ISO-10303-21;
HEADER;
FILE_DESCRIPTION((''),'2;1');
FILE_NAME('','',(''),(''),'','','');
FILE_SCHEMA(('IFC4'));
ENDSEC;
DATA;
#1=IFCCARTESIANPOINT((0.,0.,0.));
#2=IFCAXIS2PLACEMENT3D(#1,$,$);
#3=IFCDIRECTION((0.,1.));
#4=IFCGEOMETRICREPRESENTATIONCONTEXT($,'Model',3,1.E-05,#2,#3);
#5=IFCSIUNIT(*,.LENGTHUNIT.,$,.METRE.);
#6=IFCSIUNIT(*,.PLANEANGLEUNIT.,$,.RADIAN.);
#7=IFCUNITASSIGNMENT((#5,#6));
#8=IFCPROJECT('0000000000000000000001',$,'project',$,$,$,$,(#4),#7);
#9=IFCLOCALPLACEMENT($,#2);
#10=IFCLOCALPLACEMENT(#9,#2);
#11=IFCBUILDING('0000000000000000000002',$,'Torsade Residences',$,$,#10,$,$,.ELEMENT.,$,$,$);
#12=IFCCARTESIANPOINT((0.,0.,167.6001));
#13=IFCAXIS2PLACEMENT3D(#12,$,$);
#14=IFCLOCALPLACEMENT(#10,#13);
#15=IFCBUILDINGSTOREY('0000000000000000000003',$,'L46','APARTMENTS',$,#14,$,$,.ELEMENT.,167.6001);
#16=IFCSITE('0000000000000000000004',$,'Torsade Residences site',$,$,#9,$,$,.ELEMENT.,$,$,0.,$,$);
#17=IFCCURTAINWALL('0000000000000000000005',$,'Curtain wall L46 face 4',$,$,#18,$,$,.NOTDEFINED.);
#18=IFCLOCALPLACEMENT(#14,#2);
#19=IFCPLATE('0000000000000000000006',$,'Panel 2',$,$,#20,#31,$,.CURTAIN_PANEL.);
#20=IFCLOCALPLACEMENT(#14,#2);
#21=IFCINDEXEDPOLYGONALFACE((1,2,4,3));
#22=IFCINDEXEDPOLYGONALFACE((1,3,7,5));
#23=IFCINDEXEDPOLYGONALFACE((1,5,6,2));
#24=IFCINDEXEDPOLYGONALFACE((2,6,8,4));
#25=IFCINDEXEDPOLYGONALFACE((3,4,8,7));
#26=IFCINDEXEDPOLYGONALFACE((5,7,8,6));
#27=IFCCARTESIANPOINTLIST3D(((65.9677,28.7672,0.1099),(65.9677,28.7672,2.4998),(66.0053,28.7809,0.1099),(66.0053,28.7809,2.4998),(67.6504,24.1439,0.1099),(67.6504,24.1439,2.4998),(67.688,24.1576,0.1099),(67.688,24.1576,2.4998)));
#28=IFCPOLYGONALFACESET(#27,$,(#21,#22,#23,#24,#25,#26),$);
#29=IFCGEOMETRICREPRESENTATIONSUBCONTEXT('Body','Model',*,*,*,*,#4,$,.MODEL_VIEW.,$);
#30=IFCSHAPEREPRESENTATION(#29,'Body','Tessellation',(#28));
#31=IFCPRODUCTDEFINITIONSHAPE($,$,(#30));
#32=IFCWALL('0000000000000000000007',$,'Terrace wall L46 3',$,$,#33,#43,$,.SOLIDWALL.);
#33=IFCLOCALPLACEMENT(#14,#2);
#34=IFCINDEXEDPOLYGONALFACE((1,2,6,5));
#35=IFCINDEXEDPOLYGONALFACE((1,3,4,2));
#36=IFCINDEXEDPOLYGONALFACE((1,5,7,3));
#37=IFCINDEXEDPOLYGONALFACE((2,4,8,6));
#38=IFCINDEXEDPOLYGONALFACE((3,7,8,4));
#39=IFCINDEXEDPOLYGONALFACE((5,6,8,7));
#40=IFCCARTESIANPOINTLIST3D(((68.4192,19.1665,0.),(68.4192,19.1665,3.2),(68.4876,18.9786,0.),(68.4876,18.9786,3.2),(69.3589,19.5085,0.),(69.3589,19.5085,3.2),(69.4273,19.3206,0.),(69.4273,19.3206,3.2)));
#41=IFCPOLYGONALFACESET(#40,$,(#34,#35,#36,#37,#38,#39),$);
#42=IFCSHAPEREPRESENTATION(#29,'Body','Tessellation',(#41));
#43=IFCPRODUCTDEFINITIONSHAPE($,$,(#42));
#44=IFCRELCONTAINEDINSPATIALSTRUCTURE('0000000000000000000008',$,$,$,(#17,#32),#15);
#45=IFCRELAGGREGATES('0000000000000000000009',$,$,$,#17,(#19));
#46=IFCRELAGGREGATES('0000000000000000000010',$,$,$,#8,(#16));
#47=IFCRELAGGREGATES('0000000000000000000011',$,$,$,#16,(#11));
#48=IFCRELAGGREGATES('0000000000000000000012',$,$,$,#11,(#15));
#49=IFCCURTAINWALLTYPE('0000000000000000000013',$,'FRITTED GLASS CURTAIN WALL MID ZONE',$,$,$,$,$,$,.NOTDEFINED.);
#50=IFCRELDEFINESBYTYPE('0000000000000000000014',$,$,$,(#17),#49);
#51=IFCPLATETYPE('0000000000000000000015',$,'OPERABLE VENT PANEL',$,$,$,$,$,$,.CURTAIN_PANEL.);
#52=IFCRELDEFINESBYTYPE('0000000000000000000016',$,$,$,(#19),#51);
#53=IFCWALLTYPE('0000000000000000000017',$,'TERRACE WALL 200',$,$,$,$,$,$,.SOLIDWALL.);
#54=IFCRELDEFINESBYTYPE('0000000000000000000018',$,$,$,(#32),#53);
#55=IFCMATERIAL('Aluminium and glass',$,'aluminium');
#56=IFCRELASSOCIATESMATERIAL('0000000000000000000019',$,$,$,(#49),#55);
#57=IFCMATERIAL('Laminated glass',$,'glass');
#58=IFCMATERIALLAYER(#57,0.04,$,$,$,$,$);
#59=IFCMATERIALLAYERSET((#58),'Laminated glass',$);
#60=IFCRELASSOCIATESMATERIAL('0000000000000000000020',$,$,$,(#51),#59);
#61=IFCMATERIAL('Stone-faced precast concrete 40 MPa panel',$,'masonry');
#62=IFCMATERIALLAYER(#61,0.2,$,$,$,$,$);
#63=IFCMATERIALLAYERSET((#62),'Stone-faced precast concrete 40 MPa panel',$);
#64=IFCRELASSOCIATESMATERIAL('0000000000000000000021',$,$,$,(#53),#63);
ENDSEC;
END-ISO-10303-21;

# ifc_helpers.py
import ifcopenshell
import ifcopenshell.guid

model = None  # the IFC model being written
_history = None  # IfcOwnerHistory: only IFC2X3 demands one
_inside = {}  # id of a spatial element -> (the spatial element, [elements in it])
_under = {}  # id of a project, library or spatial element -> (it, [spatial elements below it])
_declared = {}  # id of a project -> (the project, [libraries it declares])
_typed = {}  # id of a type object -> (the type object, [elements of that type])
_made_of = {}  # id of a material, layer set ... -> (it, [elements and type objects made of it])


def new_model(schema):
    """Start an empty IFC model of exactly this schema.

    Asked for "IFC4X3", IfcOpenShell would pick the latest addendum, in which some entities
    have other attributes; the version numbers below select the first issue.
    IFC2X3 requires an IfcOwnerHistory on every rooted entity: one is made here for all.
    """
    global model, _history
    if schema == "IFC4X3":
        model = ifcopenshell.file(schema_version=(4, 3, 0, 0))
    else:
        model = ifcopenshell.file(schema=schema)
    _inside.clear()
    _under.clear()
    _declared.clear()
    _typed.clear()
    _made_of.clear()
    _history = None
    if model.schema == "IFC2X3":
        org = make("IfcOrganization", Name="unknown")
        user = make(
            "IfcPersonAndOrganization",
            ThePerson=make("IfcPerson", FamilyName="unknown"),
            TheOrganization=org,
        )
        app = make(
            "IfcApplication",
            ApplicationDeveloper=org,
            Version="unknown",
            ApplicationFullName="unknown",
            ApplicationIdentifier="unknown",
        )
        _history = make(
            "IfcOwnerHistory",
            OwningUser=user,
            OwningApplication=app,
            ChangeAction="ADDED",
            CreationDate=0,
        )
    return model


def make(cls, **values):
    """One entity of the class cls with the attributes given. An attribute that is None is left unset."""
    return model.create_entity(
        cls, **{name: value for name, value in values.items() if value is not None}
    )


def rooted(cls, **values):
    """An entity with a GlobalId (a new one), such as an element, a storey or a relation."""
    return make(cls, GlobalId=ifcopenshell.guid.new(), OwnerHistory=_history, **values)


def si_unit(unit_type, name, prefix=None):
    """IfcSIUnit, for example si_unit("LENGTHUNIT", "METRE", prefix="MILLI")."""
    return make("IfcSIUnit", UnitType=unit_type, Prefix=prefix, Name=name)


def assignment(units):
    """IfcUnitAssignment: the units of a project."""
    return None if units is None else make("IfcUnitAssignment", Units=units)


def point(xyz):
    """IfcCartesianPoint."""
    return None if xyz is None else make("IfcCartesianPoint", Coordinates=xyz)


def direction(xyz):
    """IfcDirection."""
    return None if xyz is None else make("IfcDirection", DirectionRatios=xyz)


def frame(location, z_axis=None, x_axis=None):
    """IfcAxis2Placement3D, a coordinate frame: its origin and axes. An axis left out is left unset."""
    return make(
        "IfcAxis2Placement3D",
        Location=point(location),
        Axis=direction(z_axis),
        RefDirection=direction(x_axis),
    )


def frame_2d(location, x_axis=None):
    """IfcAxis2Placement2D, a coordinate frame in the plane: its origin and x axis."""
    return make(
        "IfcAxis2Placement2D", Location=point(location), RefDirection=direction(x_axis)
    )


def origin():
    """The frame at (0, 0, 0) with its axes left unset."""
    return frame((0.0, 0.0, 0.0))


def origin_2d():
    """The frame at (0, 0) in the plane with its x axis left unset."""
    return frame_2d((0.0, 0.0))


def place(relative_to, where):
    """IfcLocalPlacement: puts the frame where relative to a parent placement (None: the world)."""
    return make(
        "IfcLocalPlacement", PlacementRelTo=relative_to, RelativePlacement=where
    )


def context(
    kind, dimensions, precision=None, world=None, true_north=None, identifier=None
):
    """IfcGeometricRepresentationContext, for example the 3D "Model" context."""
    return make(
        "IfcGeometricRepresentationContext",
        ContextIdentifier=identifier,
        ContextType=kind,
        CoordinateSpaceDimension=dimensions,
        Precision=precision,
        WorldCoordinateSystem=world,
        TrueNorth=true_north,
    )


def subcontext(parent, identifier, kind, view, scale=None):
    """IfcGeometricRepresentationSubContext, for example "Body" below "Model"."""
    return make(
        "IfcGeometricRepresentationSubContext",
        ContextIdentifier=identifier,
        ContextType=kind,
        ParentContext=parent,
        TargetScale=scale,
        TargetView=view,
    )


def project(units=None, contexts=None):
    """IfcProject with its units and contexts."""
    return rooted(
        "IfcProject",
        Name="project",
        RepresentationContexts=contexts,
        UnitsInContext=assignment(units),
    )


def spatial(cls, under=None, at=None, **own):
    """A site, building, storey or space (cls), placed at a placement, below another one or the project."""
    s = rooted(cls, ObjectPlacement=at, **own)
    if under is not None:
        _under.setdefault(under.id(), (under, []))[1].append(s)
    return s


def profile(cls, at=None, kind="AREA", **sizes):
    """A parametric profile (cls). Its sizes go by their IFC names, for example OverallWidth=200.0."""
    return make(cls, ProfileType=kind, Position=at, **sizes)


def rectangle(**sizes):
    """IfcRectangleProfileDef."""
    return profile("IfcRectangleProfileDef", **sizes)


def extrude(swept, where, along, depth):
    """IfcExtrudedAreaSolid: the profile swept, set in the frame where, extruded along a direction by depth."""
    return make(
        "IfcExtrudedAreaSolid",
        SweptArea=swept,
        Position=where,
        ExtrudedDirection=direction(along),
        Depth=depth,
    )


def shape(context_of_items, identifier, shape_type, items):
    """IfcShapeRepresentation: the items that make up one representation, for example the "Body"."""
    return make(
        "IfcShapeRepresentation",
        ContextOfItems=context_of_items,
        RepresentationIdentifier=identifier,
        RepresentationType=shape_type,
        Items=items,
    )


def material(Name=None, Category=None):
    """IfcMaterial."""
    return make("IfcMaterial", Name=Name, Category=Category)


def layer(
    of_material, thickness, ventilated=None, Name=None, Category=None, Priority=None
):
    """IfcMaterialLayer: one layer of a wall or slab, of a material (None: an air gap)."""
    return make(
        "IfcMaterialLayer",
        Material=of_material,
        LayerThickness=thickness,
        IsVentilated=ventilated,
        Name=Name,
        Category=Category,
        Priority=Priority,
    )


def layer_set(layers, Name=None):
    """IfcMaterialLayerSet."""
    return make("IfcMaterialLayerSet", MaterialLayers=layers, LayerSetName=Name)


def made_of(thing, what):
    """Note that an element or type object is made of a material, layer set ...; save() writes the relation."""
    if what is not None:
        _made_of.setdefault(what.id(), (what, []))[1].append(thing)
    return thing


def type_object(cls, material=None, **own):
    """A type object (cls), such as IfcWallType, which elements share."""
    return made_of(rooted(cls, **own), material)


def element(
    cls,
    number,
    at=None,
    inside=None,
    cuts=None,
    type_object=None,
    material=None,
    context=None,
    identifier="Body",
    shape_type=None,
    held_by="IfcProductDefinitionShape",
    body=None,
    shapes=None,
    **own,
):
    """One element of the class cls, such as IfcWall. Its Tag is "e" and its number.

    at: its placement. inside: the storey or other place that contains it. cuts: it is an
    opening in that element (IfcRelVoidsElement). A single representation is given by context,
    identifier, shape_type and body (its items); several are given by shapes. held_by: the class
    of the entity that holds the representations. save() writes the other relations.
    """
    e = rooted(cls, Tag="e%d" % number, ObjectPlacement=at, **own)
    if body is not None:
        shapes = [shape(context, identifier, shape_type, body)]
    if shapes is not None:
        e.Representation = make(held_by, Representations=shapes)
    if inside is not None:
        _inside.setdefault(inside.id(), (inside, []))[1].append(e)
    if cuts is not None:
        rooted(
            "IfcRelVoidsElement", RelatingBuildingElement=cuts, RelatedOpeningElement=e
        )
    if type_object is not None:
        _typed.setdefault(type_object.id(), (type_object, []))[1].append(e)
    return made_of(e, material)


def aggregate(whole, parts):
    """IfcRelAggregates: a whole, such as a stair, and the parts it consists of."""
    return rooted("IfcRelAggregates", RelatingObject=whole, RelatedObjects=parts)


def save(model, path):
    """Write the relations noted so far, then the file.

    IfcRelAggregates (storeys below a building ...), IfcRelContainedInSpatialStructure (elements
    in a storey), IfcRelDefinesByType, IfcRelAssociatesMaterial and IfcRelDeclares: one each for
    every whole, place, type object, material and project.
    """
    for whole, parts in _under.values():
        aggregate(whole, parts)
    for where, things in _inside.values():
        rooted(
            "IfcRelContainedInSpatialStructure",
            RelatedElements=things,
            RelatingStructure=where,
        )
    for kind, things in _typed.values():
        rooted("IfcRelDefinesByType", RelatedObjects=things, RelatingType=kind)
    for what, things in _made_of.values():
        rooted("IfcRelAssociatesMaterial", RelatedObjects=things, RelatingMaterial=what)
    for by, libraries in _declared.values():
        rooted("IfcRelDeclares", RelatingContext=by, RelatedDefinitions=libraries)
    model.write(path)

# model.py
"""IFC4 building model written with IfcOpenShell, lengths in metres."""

from ifc_helpers import new_model, si_unit, direction, frame, frame_2d, origin, origin_2d, place, context, subcontext, project, spatial, rectangle, extrude, material, layer, layer_set, type_object, element, aggregate, save


model = new_model("IFC4")

# Units and contexts
model_context = context("Model", 3, precision=1e-05, world=origin(), true_north=direction((0.0, 1.0)))
body_context = subcontext(model_context, "Body", "Model", "MODEL_VIEW")
ifc_project = project(units=[si_unit("LENGTHUNIT", "METRE"), si_unit("PLANEANGLEUNIT", "RADIAN")], contexts=[model_context])

# Site, building, storey
site_placement = place(None, origin())
site = spatial("IfcSite", under=ifc_project, at=site_placement, Name="Torsade Residences site", CompositionType="ELEMENT", RefElevation=0.0)
building_placement = place(site_placement, origin())
building = spatial("IfcBuilding", under=site, at=building_placement, Name="Torsade Residences", CompositionType="ELEMENT")
storey_placement = place(building_placement, frame((0.0, 0.0, 167.6001)))
storey = spatial("IfcBuildingStorey", under=building, at=storey_placement, Name="L46", Description="APARTMENTS", CompositionType="ELEMENT", Elevation=167.6001)

# Curtain wall
ifc_material_1 = material(Name="Aluminium and glass", Category="aluminium")
curtain_wall_type = type_object("IfcCurtainWallType", Name="FRITTED GLASS CURTAIN WALL MID ZONE", PredefinedType="NOTDEFINED", material=ifc_material_1)
curtain_wall_placement = place(storey_placement, origin())
curtain_wall = element("IfcCurtainWall", 1, at=curtain_wall_placement, inside=storey, type_object=curtain_wall_type, Name="Curtain wall L46 face 4", PredefinedType="NOTDEFINED")

# Plate
ifc_material_2 = material(Name="Laminated glass", Category="glass")
ifc_layer_1 = layer(ifc_material_2, 0.04)
ifc_layer_set_1 = layer_set([ifc_layer_1], Name="Laminated glass")
plate_type_1 = type_object("IfcPlateType", Name="OPERABLE VENT PANEL", PredefinedType="CURTAIN_PANEL", material=ifc_layer_set_1)
plate_1_placement = place(storey_placement, frame((66.8279, 26.4624, 0.1099), z_axis=(0.0, 0.0, 1.0), x_axis=(-0.34202, 0.939693, 0.0)))
plate_1 = element("IfcPlate", 2, at=plate_1_placement, type_object=plate_type_1, Name="Panel 2", PredefinedType="CURTAIN_PANEL", context=body_context, shape_type="SweptSolid", body=[
    extrude(rectangle(XDim=4.9199, YDim=0.04, at=origin_2d()), origin(), (0.0, 0.0, 1.0), 2.3899),
])
aggregate(curtain_wall, [plate_1])

# Wall
ifc_material_3 = material(Name="Stone-faced precast concrete 40 MPa panel", Category="masonry")
ifc_layer_2 = layer(ifc_material_3, 0.2)
ifc_layer_set_2 = layer_set([ifc_layer_2], Name="Stone-faced precast concrete 40 MPa panel")
wall_type = type_object("IfcWallType", Name="TERRACE WALL 200", PredefinedType="SOLIDWALL", material=ifc_layer_set_2)
wall_placement = place(storey_placement, frame((68.4534, 19.0725, 0.0), z_axis=(0.0, 0.0, 1.0), x_axis=(0.939686, 0.342037, 0.0)))
element("IfcWall", 3, at=wall_placement, inside=storey, type_object=wall_type, Name="Terrace wall L46 3", PredefinedType="SOLIDWALL", context=body_context, shape_type="SweptSolid", body=[
    extrude(rectangle(XDim=1.0, YDim=0.2, at=frame_2d((0.5, 0.0))), origin(), (0.0, 0.0, 1.0), 3.2),
])

save(model, "model.ifc")
